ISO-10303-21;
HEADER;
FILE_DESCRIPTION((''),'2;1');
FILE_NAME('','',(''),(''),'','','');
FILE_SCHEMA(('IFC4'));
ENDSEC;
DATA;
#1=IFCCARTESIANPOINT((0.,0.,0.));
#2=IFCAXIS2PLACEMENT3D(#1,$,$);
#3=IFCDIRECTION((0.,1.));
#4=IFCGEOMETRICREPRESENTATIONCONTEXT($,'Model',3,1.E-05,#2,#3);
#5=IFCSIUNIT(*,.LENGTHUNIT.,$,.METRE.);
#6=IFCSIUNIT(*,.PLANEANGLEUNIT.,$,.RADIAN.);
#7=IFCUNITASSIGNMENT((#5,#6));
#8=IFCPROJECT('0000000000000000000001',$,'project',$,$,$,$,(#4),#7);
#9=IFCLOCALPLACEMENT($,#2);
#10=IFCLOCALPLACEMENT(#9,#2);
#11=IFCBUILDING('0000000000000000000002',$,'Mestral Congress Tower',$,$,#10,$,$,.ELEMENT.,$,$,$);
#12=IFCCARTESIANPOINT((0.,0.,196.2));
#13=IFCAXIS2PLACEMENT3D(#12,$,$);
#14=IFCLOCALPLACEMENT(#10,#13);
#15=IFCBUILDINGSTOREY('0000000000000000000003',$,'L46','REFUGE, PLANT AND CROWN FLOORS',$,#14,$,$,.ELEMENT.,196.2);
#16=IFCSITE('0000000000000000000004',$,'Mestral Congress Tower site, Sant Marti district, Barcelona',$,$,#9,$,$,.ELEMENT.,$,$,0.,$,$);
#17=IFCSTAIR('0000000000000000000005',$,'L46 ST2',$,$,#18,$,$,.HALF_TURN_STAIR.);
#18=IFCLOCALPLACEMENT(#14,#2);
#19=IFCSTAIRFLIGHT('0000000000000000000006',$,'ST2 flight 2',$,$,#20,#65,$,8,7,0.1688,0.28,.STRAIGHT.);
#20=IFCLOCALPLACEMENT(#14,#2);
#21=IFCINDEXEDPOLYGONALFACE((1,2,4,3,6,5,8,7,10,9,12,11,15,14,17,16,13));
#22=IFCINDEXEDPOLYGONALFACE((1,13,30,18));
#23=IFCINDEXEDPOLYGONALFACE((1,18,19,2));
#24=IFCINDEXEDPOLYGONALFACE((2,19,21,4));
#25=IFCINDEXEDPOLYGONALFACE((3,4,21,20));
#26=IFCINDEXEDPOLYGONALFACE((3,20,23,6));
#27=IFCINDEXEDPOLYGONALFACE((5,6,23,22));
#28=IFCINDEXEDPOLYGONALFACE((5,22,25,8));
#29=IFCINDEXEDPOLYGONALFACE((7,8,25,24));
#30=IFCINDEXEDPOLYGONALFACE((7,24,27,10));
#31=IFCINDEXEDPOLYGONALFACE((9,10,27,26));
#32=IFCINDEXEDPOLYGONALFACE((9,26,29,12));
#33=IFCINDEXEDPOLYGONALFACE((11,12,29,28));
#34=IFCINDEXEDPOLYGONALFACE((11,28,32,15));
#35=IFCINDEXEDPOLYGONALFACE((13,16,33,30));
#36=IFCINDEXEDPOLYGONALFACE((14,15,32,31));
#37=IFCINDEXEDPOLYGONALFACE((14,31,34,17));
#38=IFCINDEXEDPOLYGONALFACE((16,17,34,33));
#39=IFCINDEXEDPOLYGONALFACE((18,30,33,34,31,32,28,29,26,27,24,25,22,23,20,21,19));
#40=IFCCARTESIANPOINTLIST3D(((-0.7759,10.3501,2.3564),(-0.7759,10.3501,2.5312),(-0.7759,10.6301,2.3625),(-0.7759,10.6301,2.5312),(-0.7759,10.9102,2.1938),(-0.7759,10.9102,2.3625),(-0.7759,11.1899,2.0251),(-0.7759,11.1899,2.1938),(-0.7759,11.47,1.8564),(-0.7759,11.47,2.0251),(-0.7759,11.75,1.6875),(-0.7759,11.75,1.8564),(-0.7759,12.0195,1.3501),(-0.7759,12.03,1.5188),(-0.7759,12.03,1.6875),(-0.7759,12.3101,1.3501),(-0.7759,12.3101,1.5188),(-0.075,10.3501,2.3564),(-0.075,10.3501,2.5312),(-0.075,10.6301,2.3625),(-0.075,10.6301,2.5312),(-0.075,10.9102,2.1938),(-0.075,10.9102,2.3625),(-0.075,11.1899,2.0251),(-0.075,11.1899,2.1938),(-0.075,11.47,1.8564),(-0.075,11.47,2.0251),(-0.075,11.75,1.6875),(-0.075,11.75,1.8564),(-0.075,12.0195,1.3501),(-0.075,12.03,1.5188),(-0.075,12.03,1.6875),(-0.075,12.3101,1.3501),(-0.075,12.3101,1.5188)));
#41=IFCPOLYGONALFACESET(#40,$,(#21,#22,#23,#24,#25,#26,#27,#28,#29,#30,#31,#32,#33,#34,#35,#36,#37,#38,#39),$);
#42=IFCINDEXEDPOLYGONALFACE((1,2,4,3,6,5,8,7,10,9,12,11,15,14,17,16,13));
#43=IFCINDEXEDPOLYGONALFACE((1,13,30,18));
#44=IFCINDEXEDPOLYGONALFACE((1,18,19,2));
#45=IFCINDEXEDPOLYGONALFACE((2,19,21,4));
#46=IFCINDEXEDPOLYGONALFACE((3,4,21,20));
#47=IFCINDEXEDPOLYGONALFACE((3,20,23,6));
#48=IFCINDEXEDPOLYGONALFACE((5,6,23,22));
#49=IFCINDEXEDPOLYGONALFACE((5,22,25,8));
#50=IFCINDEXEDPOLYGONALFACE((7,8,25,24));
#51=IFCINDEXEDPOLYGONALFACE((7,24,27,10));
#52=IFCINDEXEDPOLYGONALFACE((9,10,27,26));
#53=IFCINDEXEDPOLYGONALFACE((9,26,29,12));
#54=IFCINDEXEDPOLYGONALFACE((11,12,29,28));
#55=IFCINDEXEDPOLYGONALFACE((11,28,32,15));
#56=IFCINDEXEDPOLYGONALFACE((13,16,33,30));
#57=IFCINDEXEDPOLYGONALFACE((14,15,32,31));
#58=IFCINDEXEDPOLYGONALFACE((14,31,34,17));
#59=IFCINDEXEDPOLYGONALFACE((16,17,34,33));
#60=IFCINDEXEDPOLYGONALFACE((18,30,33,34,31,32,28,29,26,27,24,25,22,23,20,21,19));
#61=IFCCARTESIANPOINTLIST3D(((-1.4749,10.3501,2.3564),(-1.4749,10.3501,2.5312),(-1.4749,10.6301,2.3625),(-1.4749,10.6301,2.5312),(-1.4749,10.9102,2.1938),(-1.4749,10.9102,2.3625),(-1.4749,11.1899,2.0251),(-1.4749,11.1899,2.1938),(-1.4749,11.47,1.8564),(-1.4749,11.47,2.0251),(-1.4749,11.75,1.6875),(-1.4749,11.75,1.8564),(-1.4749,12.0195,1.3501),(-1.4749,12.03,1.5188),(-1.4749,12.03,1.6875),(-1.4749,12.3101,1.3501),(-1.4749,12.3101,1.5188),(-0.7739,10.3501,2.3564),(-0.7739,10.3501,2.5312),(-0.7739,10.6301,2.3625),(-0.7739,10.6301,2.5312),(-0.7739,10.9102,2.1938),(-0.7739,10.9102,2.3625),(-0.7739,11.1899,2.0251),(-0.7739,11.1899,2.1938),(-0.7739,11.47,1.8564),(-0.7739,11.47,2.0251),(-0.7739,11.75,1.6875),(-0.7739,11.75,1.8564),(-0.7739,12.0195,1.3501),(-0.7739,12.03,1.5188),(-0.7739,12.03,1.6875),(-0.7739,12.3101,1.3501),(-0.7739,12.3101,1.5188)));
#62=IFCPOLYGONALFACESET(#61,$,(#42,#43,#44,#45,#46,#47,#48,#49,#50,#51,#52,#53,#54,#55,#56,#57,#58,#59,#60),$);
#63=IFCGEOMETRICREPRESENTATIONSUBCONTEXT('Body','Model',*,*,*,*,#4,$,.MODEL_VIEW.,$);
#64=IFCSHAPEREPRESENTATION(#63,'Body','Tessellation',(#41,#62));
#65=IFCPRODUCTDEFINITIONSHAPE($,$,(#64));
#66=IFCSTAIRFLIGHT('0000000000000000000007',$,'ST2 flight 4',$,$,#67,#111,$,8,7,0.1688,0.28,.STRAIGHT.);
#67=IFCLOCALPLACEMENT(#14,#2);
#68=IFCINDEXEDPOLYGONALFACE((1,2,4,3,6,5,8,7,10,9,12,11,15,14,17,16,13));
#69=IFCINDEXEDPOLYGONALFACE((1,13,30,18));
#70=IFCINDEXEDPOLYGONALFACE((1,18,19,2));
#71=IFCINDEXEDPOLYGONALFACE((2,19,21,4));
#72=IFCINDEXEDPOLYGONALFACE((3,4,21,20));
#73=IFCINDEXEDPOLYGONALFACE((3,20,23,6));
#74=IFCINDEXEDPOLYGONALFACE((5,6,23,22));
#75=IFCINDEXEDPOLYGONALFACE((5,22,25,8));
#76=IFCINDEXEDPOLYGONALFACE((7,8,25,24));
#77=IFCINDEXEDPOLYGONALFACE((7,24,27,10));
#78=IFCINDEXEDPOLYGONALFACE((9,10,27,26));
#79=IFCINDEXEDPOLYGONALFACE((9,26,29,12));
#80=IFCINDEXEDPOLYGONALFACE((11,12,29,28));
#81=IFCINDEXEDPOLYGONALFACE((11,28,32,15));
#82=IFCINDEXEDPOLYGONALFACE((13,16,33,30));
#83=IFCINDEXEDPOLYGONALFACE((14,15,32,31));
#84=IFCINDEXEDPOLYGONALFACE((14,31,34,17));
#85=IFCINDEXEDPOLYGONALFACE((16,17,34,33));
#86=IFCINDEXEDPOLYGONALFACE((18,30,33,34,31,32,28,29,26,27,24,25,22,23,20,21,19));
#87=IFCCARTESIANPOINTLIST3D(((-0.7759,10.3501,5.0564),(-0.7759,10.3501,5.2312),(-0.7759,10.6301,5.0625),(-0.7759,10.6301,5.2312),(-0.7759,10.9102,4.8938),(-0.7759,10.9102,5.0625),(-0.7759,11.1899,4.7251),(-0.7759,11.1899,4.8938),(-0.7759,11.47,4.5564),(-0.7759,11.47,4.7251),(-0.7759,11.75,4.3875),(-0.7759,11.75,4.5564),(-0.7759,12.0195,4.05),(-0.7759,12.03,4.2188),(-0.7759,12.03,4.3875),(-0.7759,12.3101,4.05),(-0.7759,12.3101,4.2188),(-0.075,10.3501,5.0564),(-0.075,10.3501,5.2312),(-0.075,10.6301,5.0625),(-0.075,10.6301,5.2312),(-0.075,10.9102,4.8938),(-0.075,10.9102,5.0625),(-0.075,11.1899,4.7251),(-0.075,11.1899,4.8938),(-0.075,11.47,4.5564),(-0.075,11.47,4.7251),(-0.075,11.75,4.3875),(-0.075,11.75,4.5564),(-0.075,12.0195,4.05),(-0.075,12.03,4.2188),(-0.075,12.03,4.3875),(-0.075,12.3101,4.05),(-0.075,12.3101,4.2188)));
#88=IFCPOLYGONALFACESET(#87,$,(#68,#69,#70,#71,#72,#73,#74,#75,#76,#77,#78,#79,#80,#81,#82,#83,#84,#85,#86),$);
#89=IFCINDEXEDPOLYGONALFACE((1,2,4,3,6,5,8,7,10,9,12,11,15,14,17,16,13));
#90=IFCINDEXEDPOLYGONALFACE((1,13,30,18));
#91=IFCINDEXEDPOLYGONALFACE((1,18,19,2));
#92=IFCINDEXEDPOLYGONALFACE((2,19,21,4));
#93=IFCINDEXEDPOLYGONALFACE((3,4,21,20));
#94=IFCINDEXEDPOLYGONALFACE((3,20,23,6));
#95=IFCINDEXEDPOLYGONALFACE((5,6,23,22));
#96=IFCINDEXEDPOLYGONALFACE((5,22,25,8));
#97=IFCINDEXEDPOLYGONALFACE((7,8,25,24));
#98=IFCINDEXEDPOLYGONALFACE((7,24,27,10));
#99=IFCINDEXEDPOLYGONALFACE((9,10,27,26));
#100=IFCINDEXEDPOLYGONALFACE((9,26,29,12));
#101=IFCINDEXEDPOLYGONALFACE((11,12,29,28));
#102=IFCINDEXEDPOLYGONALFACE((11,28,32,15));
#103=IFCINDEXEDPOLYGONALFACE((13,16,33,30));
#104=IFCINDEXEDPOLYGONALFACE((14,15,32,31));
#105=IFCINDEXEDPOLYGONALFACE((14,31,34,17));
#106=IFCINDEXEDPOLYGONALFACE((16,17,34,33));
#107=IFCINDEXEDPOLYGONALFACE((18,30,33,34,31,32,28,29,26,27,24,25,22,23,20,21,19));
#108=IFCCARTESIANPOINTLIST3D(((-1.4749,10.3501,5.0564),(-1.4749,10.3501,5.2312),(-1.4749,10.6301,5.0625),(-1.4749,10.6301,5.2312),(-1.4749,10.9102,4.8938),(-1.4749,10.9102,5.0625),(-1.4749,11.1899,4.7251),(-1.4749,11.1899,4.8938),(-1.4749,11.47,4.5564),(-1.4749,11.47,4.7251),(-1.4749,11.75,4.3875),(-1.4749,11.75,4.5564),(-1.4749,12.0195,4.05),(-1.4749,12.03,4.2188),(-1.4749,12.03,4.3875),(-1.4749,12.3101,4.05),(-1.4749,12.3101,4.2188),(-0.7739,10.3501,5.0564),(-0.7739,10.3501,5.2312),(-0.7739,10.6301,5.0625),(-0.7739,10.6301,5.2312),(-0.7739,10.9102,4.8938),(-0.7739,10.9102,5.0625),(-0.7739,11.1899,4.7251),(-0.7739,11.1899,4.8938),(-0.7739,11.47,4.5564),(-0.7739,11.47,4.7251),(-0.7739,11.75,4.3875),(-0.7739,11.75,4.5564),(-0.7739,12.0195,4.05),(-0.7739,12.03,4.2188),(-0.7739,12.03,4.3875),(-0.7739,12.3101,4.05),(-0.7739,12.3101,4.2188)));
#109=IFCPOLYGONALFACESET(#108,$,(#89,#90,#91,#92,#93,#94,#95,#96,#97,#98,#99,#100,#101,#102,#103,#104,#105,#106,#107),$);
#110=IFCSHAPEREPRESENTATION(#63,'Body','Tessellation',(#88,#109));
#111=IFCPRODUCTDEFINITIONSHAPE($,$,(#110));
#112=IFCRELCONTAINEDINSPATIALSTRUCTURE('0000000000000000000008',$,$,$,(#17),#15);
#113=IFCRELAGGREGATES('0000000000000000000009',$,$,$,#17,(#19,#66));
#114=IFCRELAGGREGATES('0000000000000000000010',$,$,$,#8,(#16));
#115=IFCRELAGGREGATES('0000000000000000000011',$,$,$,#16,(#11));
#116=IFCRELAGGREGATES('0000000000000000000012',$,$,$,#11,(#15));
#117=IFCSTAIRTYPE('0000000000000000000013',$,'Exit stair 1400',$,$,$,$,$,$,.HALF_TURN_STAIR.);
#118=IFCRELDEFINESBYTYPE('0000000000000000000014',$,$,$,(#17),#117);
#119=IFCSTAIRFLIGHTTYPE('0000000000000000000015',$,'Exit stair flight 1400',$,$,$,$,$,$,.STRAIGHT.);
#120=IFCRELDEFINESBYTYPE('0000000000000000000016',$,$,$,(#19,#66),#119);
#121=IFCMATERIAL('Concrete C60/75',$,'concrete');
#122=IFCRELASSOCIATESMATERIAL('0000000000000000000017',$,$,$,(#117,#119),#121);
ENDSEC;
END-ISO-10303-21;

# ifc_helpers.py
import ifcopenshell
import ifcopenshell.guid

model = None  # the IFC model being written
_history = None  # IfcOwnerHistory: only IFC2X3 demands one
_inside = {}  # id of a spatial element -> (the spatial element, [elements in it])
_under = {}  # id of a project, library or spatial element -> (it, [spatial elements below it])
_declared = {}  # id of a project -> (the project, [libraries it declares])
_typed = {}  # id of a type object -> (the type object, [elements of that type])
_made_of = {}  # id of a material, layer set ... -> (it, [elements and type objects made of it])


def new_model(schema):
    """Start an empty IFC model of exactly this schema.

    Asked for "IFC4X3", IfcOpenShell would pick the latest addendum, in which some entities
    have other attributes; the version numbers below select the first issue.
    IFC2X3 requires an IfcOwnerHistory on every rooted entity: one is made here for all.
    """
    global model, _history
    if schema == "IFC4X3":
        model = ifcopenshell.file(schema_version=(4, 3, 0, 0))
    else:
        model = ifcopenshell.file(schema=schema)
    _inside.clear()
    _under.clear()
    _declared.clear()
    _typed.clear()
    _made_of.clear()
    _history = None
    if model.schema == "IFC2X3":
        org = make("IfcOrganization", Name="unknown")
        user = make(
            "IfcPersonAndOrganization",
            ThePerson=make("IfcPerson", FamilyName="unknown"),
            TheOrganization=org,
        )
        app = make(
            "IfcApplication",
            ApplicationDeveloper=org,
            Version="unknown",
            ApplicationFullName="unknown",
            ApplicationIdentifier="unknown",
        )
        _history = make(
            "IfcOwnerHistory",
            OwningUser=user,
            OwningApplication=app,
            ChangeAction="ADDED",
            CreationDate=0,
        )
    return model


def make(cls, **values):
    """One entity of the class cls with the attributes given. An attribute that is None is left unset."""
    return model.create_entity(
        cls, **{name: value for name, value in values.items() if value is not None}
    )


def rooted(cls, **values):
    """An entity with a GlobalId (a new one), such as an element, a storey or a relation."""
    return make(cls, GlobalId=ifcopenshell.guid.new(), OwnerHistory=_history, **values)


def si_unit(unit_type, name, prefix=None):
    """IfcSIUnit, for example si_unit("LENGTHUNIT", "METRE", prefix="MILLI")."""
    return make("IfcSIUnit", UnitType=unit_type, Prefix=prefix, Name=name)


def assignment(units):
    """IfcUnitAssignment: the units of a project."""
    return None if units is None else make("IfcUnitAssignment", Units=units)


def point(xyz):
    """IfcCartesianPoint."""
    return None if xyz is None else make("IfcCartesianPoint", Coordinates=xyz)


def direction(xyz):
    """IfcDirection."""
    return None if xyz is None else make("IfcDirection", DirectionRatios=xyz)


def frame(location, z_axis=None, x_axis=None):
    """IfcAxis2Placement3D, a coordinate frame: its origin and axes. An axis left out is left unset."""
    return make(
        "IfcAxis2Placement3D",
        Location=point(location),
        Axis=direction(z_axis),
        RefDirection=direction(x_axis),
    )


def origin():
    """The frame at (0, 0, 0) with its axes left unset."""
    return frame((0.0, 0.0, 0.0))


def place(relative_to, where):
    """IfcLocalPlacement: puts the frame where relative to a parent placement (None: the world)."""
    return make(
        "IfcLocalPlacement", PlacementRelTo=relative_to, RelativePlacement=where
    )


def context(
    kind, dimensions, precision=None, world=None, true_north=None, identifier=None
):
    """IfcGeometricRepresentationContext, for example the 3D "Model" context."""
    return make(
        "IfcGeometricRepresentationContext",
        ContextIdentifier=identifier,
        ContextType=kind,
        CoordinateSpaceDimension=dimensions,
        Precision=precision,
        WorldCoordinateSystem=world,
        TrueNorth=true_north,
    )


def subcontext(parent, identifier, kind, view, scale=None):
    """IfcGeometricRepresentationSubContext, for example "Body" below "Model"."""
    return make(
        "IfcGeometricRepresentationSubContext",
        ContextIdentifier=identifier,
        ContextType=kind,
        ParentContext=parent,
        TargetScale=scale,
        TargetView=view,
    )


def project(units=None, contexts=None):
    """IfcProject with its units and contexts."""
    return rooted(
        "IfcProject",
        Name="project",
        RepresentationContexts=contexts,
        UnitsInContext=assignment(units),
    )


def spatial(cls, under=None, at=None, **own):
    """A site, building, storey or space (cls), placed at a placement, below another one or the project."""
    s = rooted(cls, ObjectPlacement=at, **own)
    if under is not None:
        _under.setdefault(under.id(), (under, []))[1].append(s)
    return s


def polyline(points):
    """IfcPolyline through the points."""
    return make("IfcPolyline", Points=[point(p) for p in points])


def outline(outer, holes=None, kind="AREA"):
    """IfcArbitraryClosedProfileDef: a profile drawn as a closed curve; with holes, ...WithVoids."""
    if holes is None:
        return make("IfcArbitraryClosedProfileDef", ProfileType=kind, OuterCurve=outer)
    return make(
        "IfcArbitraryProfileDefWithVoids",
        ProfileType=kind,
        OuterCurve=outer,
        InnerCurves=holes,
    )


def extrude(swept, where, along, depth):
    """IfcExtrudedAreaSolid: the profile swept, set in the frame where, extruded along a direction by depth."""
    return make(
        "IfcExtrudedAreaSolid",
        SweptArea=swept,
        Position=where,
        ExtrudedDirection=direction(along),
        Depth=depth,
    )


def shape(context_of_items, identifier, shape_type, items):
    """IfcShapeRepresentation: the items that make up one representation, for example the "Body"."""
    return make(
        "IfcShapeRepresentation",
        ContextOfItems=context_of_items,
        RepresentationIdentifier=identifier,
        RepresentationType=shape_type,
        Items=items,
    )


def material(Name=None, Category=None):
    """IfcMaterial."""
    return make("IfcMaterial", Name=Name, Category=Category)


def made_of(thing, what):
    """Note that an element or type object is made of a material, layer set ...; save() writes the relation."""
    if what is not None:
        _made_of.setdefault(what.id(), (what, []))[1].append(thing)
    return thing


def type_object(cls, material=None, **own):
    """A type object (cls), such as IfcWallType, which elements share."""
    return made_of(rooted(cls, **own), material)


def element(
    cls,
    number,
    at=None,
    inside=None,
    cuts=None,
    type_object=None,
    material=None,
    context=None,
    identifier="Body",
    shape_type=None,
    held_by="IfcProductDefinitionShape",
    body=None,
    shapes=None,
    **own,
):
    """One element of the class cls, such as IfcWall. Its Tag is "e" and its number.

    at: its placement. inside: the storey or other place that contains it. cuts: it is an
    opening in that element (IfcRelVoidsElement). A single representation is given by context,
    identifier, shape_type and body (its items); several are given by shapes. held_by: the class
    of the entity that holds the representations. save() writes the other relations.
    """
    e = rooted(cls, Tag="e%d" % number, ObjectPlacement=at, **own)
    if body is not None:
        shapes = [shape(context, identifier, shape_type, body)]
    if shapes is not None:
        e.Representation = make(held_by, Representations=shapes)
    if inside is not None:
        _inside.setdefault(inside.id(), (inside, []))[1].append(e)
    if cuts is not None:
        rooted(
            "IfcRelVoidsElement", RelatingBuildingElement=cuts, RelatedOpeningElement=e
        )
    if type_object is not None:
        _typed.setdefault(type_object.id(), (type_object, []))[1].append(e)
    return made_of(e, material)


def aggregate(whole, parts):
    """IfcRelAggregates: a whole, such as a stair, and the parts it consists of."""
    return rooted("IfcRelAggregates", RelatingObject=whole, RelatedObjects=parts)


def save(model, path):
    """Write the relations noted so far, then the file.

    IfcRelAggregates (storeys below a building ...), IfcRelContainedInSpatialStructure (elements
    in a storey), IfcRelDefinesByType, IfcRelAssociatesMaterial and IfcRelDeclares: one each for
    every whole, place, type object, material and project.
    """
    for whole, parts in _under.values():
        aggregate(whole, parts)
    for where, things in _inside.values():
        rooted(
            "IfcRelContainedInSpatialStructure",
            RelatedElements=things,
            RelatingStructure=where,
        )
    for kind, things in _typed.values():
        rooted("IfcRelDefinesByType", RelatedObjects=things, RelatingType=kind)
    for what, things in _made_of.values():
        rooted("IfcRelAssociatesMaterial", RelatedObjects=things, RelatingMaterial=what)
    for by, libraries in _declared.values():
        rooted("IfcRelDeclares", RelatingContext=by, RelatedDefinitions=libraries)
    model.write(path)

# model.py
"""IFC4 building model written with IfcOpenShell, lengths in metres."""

from ifc_helpers import new_model, si_unit, direction, frame, origin, place, context, subcontext, project, spatial, polyline, outline, extrude, material, type_object, element, aggregate, save


model = new_model("IFC4")

# Units and contexts
model_context = context("Model", 3, precision=1e-05, world=origin(), true_north=direction((0.0, 1.0)))
body_context = subcontext(model_context, "Body", "Model", "MODEL_VIEW")
ifc_project = project(units=[si_unit("LENGTHUNIT", "METRE"), si_unit("PLANEANGLEUNIT", "RADIAN")], contexts=[model_context])

# Site, building, storey
site_placement = place(None, origin())
site = spatial("IfcSite", under=ifc_project, at=site_placement, Name="Mestral Congress Tower site, Sant Marti district, Barcelona", CompositionType="ELEMENT", RefElevation=0.0)
building_placement = place(site_placement, origin())
building = spatial("IfcBuilding", under=site, at=building_placement, Name="Mestral Congress Tower", CompositionType="ELEMENT")
storey_placement = place(building_placement, frame((0.0, 0.0, 196.2)))
storey = spatial("IfcBuildingStorey", under=building, at=storey_placement, Name="L46", Description="REFUGE, PLANT AND CROWN FLOORS", CompositionType="ELEMENT", Elevation=196.2)

# Shared definitions
ifc_material_1 = material(Name="Concrete C60/75", Category="concrete")

# Stair, stair flights
stair_type = type_object("IfcStairType", Name="Exit stair 1400", PredefinedType="HALF_TURN_STAIR", material=ifc_material_1)
stair_placement = place(storey_placement, origin())
stair = element("IfcStair", 1, at=stair_placement, inside=storey, type_object=stair_type, Name="L46 ST2", PredefinedType="HALF_TURN_STAIR")
stair_flight_type = type_object("IfcStairFlightType", Name="Exit stair flight 1400", PredefinedType="STRAIGHT", material=ifc_material_1)
stair_flight_1_placement = place(storey_placement, frame((-0.7749, 12.3101, 1.3501), z_axis=(0.0, 0.0, 1.0), x_axis=(0.0, -1.0, 0.0)))
stair_flight_1 = element("IfcStairFlight", 2, at=stair_flight_1_placement, type_object=stair_flight_type, Name="ST2 flight 2", NumberOfRisers=8, NumberOfTreads=7, PredefinedType="STRAIGHT", RiserHeight=0.1688, TreadLength=0.28, context=body_context, shape_type="SweptSolid", body=[
    extrude(outline(polyline([(0.0, 0.0), (0.0, 0.1687), (0.28, 0.1687), (0.28, 0.3374), (0.5601, 0.3374), (0.5601, 0.5063), (0.8401, 0.5063), (0.8401, 0.675), (1.1201, 0.675), (1.1201, 0.8438), (1.3999, 0.8438), (1.3999, 1.0125), (1.6799, 1.0125), (1.6799, 1.1812), (1.96, 1.1812), (1.96, 1.3501), (1.96, 1.0063), (0.2905, 0.0), (0.0, 0.0)])), frame((0.0, 0.7, 0.0), z_axis=(0.0, -1.0, 0.0), x_axis=(1.0, 0.0, 0.0)), (0.0, 0.0, 1.0), 0.7009),
    extrude(outline(polyline([(0.0, 0.0), (0.0, 0.1687), (0.28, 0.1687), (0.28, 0.3374), (0.5601, 0.3374), (0.5601, 0.5063), (0.8401, 0.5063), (0.8401, 0.675), (1.1201, 0.675), (1.1201, 0.8438), (1.3999, 0.8438), (1.3999, 1.0125), (1.6799, 1.0125), (1.6799, 1.1812), (1.96, 1.1812), (1.96, 1.3501), (1.96, 1.0063), (0.2905, 0.0), (0.0, 0.0)])), frame((0.0, 0.001, 0.0), z_axis=(0.0, -1.0, 0.0), x_axis=(1.0, 0.0, 0.0)), (0.0, 0.0, 1.0), 0.7009),
])
stair_flight_2_placement = place(storey_placement, frame((-0.7749, 12.3101, 4.05), z_axis=(0.0, 0.0, 1.0), x_axis=(0.0, -1.0, 0.0)))
stair_flight_2 = element("IfcStairFlight", 3, at=stair_flight_2_placement, type_object=stair_flight_type, Name="ST2 flight 4", NumberOfRisers=8, NumberOfTreads=7, PredefinedType="STRAIGHT", RiserHeight=0.1688, TreadLength=0.28, context=body_context, shape_type="SweptSolid", body=[
    extrude(outline(polyline([(0.0, 0.0), (0.0, 0.1687), (0.28, 0.1687), (0.28, 0.3374), (0.5601, 0.3374), (0.5601, 0.5063), (0.8401, 0.5063), (0.8401, 0.675), (1.1201, 0.675), (1.1201, 0.8438), (1.3999, 0.8438), (1.3999, 1.0125), (1.6799, 1.0125), (1.6799, 1.1812), (1.96, 1.1812), (1.96, 1.3501), (1.96, 1.0063), (0.2905, 0.0), (0.0, 0.0)])), frame((0.0, 0.7, 0.0), z_axis=(0.0, -1.0, 0.0), x_axis=(1.0, 0.0, 0.0)), (0.0, 0.0, 1.0), 0.7009),
    extrude(outline(polyline([(0.0, 0.0), (0.0, 0.1687), (0.28, 0.1687), (0.28, 0.3374), (0.5601, 0.3374), (0.5601, 0.5063), (0.8401, 0.5063), (0.8401, 0.675), (1.1201, 0.675), (1.1201, 0.8438), (1.3999, 0.8438), (1.3999, 1.0125), (1.6799, 1.0125), (1.6799, 1.1812), (1.96, 1.1812), (1.96, 1.3501), (1.96, 1.0063), (0.2905, 0.0), (0.0, 0.0)])), frame((0.0, 0.001, 0.0), z_axis=(0.0, -1.0, 0.0), x_axis=(1.0, 0.0, 0.0)), (0.0, 0.0, 1.0), 0.7009),
])
aggregate(stair, [stair_flight_1, stair_flight_2])

save(model, "model.ifc")
